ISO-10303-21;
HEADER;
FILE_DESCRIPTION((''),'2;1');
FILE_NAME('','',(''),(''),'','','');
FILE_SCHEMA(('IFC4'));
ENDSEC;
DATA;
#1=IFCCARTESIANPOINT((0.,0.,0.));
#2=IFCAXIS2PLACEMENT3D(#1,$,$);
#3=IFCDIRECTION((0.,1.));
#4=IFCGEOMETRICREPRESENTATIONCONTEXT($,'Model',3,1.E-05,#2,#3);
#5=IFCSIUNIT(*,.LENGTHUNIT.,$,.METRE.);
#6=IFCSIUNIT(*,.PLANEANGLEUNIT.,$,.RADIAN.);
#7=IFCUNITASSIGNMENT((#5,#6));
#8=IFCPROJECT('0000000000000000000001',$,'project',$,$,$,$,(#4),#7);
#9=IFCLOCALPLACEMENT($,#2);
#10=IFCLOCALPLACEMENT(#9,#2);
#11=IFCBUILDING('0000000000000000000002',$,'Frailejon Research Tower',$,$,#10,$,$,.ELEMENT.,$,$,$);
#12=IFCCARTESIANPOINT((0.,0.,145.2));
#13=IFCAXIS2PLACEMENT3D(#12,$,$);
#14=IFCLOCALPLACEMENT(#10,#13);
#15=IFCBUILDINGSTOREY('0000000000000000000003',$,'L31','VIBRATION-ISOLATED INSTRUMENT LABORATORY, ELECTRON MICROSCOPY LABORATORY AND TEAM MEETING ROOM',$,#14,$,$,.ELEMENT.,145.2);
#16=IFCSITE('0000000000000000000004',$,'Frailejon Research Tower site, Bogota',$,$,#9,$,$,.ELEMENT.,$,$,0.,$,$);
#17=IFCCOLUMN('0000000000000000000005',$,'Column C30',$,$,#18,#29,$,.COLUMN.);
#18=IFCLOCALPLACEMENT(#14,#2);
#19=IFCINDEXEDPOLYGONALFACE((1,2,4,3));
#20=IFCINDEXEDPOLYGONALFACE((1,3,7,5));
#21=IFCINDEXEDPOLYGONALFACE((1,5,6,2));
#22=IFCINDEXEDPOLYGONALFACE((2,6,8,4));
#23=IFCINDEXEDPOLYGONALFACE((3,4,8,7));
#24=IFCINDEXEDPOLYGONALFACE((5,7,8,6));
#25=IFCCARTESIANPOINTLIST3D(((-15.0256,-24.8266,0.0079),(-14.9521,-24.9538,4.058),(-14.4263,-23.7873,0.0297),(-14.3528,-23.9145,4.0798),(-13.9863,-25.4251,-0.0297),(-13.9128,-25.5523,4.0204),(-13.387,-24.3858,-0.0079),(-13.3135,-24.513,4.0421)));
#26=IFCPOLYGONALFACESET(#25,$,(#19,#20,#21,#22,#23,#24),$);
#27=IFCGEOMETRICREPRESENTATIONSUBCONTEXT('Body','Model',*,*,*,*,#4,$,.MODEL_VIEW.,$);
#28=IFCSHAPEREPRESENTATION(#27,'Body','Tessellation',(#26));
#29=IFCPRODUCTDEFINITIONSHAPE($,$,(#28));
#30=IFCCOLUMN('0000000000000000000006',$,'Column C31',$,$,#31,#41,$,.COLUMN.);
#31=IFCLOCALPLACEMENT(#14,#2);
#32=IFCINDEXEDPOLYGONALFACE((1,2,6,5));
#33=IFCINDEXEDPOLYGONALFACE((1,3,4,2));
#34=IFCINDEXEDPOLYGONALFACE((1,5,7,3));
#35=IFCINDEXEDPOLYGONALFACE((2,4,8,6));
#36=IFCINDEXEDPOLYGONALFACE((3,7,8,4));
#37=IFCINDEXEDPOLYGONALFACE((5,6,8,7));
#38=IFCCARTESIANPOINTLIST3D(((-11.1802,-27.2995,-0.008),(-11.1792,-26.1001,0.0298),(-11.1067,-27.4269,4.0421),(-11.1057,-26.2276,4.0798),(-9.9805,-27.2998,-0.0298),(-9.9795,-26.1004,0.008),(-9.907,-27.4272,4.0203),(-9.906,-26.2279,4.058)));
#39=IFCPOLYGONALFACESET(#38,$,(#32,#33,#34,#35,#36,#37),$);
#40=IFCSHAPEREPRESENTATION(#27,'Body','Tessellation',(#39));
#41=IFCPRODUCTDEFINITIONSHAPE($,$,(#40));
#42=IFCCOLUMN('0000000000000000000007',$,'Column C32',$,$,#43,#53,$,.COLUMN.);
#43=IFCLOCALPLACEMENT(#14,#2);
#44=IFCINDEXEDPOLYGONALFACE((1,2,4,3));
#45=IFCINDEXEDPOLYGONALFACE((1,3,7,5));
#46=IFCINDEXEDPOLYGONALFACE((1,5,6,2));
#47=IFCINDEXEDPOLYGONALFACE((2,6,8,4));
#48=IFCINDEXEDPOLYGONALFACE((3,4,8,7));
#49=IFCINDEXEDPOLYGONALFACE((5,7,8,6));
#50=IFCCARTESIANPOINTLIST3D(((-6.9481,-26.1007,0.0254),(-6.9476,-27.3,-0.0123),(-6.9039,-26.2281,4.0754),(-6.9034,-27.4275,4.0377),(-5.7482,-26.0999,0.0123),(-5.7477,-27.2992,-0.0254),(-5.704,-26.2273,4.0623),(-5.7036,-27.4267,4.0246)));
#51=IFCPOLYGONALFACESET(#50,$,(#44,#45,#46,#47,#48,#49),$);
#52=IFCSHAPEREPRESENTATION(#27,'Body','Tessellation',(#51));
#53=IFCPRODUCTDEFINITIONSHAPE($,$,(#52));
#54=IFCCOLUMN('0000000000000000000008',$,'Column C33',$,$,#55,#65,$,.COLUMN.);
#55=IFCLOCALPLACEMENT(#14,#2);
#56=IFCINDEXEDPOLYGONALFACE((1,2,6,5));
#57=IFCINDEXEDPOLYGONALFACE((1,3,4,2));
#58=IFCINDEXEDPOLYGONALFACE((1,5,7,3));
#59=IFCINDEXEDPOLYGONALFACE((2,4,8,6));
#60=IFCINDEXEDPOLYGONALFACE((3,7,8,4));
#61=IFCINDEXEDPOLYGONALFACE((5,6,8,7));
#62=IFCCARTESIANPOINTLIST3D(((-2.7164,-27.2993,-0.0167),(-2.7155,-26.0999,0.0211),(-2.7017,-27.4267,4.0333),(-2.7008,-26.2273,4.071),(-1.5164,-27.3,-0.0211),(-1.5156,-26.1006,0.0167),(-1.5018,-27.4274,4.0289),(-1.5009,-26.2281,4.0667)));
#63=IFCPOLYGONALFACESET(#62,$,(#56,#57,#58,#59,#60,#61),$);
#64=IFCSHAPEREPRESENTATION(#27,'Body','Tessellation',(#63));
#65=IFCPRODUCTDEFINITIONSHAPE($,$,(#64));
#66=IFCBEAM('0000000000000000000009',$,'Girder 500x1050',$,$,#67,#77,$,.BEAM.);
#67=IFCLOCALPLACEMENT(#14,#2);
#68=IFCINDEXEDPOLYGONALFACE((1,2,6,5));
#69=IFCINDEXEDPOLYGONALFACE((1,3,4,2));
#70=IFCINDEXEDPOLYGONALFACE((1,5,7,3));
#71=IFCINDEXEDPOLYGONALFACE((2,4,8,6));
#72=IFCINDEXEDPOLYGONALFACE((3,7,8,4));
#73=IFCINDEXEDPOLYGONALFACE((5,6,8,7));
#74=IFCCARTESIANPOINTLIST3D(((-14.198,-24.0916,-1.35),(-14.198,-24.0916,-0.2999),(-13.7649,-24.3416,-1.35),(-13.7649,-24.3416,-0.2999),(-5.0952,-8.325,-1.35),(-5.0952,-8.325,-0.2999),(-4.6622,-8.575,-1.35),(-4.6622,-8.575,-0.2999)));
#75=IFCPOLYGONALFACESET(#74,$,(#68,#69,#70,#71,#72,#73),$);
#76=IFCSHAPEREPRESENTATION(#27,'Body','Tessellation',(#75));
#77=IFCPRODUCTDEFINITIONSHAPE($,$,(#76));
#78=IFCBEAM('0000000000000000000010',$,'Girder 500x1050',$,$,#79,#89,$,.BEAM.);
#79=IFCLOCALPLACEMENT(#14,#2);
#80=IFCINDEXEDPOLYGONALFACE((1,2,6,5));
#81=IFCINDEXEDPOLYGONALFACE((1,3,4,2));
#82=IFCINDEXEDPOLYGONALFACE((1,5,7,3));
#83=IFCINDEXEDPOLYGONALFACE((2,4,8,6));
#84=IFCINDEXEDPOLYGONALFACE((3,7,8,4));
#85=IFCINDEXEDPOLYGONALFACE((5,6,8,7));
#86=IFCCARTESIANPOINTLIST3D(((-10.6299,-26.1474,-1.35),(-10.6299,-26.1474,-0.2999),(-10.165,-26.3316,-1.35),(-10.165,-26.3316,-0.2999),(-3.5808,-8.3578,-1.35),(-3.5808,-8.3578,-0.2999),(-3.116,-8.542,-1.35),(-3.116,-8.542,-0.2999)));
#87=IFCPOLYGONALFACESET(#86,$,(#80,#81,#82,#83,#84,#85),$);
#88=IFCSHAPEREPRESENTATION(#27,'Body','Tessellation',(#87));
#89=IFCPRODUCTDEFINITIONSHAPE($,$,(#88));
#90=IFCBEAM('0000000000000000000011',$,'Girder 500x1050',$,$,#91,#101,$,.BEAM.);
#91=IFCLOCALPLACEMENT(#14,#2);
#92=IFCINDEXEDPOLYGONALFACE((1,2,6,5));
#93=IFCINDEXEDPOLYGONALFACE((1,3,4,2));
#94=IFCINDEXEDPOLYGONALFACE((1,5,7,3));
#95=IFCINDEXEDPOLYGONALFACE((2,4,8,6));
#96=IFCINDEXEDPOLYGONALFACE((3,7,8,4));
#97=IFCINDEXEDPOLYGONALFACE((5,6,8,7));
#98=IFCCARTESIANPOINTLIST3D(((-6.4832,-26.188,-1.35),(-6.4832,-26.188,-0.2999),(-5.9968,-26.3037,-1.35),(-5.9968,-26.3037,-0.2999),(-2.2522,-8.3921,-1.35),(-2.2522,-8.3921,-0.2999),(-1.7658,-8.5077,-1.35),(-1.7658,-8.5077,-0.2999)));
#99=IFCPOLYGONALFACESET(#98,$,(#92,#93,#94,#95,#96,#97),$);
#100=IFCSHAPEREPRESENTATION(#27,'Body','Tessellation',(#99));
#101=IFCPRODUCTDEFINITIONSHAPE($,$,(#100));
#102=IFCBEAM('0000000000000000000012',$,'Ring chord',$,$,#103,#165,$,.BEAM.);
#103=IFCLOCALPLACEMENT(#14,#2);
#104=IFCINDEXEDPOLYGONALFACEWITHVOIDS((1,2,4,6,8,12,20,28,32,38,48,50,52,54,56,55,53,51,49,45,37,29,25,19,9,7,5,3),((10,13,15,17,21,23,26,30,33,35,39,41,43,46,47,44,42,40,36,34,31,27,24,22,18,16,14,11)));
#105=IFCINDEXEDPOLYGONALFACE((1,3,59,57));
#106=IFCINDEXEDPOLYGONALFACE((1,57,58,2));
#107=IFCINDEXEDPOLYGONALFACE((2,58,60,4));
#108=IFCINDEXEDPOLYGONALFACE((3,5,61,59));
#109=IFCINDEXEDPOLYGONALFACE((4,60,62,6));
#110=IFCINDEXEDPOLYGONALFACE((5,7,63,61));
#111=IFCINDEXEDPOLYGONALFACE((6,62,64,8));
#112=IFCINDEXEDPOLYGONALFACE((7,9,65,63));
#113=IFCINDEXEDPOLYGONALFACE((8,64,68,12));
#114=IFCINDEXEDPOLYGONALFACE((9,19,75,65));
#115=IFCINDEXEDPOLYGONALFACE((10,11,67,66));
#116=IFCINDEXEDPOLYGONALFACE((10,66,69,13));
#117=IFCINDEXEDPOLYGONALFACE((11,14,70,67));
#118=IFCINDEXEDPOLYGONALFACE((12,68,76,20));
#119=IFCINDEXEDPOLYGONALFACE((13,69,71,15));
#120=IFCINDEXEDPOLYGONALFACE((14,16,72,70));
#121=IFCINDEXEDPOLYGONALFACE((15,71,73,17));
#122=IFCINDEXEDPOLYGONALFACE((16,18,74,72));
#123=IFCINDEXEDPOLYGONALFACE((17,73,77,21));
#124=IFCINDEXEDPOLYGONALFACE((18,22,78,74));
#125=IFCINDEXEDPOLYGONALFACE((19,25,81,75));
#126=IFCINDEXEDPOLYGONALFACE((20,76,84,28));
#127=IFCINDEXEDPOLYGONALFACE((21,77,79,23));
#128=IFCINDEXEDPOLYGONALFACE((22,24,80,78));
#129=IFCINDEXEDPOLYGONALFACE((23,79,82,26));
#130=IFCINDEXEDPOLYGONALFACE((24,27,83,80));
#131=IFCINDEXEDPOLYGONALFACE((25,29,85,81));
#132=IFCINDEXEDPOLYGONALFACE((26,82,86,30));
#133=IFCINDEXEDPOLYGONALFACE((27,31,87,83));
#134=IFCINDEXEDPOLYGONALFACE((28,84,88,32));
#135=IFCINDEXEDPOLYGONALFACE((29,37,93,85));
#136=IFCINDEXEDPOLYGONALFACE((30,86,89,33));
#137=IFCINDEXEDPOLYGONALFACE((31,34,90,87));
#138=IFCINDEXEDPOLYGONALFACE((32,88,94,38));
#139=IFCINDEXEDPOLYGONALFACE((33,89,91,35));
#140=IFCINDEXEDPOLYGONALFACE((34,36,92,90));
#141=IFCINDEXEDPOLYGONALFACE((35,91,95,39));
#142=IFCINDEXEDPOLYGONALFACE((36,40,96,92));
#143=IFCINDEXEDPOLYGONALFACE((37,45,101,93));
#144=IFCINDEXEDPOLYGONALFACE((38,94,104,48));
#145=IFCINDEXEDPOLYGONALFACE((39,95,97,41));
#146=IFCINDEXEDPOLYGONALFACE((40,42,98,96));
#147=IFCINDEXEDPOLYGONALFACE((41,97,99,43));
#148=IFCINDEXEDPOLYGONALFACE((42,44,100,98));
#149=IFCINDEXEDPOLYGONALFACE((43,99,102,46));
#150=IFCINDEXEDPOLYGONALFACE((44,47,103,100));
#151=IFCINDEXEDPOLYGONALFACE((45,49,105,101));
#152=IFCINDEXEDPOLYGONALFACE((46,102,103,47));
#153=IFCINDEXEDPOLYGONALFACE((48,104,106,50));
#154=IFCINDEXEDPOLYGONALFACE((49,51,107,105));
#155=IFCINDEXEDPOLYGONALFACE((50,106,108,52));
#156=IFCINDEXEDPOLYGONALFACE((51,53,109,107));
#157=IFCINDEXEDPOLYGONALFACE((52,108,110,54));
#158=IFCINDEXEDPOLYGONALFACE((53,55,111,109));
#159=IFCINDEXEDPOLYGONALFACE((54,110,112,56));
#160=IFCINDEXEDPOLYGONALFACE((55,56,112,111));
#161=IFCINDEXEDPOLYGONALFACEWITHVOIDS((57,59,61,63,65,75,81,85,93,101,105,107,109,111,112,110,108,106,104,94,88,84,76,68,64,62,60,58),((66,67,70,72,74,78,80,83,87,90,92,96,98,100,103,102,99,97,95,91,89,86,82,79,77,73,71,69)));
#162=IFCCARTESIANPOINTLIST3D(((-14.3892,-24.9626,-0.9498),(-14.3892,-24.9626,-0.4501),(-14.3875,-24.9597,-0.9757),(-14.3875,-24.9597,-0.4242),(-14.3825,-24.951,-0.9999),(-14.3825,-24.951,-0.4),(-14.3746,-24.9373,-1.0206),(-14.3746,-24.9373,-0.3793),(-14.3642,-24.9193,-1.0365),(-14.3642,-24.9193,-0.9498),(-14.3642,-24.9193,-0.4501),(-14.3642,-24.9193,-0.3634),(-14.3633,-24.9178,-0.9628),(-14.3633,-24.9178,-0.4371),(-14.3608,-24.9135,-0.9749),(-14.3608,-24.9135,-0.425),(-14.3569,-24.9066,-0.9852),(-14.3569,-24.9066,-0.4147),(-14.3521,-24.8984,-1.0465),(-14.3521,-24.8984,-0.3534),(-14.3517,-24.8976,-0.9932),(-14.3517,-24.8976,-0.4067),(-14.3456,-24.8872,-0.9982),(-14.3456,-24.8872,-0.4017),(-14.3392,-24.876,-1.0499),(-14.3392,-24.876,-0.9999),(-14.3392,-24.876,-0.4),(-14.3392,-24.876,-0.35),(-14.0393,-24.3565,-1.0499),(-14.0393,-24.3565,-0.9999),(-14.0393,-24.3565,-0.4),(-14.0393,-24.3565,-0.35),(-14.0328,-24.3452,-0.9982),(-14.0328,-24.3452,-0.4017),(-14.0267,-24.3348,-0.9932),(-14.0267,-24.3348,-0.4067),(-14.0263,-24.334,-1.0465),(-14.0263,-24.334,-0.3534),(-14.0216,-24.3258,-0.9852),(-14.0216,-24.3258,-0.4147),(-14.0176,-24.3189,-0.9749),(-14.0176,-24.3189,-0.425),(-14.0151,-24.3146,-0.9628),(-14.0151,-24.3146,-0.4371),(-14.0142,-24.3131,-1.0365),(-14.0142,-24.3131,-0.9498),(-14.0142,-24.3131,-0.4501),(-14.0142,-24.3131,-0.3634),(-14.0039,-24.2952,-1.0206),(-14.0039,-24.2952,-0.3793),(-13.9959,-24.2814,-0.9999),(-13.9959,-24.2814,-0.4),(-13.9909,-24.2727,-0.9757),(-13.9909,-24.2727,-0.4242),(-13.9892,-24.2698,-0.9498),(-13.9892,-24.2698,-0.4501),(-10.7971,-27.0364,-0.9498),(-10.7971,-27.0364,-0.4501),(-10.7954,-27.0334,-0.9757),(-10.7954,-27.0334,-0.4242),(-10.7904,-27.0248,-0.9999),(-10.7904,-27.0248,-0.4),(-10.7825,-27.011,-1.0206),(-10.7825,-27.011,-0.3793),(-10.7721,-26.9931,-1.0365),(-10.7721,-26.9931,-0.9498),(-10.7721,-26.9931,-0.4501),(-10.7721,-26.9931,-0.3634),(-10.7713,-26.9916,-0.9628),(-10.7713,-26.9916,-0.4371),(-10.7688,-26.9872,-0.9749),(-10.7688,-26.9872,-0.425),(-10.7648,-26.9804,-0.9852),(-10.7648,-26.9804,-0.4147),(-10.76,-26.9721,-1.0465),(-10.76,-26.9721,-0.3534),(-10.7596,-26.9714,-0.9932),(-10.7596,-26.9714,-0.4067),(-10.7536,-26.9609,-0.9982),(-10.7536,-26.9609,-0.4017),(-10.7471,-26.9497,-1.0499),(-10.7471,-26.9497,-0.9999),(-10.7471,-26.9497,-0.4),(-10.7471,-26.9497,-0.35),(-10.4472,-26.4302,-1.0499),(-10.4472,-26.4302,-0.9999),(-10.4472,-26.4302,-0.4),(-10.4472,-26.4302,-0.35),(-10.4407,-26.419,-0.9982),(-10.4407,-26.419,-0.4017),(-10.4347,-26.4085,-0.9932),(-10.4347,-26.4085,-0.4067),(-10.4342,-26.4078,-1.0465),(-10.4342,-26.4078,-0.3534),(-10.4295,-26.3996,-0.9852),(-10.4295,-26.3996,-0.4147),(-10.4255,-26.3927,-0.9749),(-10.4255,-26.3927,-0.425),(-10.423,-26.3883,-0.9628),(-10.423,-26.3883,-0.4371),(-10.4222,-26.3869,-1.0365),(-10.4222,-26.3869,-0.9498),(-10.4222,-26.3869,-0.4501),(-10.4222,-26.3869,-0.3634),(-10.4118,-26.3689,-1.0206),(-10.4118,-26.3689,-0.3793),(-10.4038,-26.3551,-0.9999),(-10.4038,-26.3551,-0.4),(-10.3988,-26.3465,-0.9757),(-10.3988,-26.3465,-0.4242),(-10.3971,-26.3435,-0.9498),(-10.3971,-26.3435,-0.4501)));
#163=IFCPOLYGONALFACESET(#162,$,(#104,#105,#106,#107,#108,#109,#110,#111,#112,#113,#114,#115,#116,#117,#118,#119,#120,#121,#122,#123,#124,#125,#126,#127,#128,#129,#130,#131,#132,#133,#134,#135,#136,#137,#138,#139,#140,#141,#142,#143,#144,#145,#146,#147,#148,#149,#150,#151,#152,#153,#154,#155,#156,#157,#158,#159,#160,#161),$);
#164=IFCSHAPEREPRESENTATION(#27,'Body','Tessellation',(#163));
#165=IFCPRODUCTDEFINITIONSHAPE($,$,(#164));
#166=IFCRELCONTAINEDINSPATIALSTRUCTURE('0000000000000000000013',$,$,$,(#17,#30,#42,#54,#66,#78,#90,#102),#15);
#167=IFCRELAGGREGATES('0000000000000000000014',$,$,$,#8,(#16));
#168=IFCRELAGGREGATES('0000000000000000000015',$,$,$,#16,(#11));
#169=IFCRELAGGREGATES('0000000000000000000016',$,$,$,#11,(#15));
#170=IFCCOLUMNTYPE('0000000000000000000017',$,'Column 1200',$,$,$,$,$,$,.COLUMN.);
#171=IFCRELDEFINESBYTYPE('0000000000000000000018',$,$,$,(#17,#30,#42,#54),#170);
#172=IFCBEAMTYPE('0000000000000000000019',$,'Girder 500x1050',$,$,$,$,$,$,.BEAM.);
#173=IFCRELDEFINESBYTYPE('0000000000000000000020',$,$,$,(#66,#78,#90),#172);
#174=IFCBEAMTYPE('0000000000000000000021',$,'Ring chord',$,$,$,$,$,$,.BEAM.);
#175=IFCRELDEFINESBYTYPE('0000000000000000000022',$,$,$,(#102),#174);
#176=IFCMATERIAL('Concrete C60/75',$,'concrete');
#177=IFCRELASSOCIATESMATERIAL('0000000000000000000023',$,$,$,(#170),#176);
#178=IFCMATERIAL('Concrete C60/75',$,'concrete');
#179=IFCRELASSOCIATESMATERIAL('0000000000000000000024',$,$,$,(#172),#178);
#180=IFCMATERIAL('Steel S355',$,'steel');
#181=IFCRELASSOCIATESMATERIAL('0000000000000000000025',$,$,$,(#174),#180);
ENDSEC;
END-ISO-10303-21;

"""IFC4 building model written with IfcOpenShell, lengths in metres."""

from ifc_helpers import new_model, si_unit, direction, frame, origin, origin_2d, place, context, subcontext, project, spatial, rectangle, hollow_rectangle, extrude, material, material_profile, profile_set, type_object, element, save


model = new_model("IFC4")

# Units and contexts
model_context = context("Model", 3, precision=1e-05, world=origin(), true_north=direction((0.0, 1.0)))
body_context = subcontext(model_context, "Body", "Model", "MODEL_VIEW")
ifc_project = project(units=[si_unit("LENGTHUNIT", "METRE"), si_unit("PLANEANGLEUNIT", "RADIAN")], contexts=[model_context])

# Site, building, storey
site_placement = place(None, origin())
site = spatial("IfcSite", under=ifc_project, at=site_placement, Name="Frailejon Research Tower site, Bogota", CompositionType="ELEMENT", RefElevation=0.0)
building_placement = place(site_placement, origin())
building = spatial("IfcBuilding", under=site, at=building_placement, Name="Frailejon Research Tower", CompositionType="ELEMENT")
storey_placement = place(building_placement, frame((0.0, 0.0, 145.2)))
storey = spatial("IfcBuildingStorey", under=building, at=storey_placement, Name="L31", Description="VIBRATION-ISOLATED INSTRUMENT LABORATORY, ELECTRON MICROSCOPY LABORATORY AND TEAM MEETING ROOM", CompositionType="ELEMENT", Elevation=145.2)

# Columns
ifc_material_1 = material(Name="Concrete C60/75", Category="concrete")
ifc_material_profile_1 = material_profile(ifc_material_1, rectangle(XDim=1.2, YDim=1.2, at=origin_2d()), Name="Column 1200")
ifc_profile_set_1 = profile_set([ifc_material_profile_1], Name="Concrete C60/75")
column_type = type_object("IfcColumnType", Name="Column 1200", PredefinedType="COLUMN", material=ifc_profile_set_1)
for number, where, z_axis, x_axis, name in (
    (1, (-14.2063, -24.6062, 0.0), (0.018133, -0.031386, 0.999343), (0.866156, -0.498787, -0.031381), "Column C30"),
    (2, (-10.5798, -26.7, 0.0), (0.018133, -0.031446, 0.999341), (0.999835, -0.000256, -0.01815), "Column C31"),
):
    element("IfcColumn", number, at=place(storey_placement, frame(where, z_axis=z_axis, x_axis=x_axis)), inside=storey, type_object=column_type, Name=name, PredefinedType="COLUMN", context=body_context, shape_type="SweptSolid", body=[
        extrude(rectangle(XDim=1.2, YDim=1.2, at=origin_2d()), origin(), (0.0, 0.0, 1.0), 4.0527),
    ])
column_1_placement = place(storey_placement, frame((-6.3479, -26.7, 0.0), z_axis=(0.010905, -0.031449, 0.999446), x_axis=(0.99994, 0.000694, -0.010888)))
element("IfcColumn", 3, at=column_1_placement, inside=storey, type_object=column_type, Name="Column C32", PredefinedType="COLUMN", context=body_context, shape_type="SweptSolid", body=[
    extrude(rectangle(XDim=1.2, YDim=1.2, at=origin_2d()), origin(), (0.0, 0.0, 1.0), 4.0522),
])
column_2_placement = place(storey_placement, frame((-2.116, -26.7, 0.0), z_axis=(0.003615, -0.031451, 0.999499), x_axis=(0.999993, -0.000624, -0.003636)))
element("IfcColumn", 4, at=column_2_placement, inside=storey, type_object=column_type, Name="Column C33", PredefinedType="COLUMN", context=body_context, shape_type="SweptSolid", body=[
    extrude(rectangle(XDim=1.2, YDim=1.2, at=origin_2d()), origin(), (0.0, 0.0, 1.0), 4.052),
])

# Beams
ifc_material_2 = material(Name="Concrete C60/75", Category="concrete")
ifc_material_profile_2 = material_profile(ifc_material_2, rectangle(XDim=0.5, YDim=1.05, at=origin_2d()), Name="Girder 500x1050")
ifc_profile_set_2 = profile_set([ifc_material_profile_2], Name="Concrete C60/75")
beam_type_1 = type_object("IfcBeamType", Name="Girder 500x1050", PredefinedType="BEAM", material=ifc_profile_set_2)
beam_1_placement = place(storey_placement, frame((-13.9814, -24.2166, -0.825), z_axis=(0.499997, 0.866027, 0.0), x_axis=(-0.866027, 0.499997, 0.0)))
element("IfcBeam", 5, at=beam_1_placement, inside=storey, type_object=beam_type_1, Name="Girder 500x1050", PredefinedType="BEAM", context=body_context, shape_type="SweptSolid", body=[
    extrude(rectangle(XDim=0.5, YDim=1.05, at=origin_2d()), origin(), (0.0, 0.0, 1.0), 18.2056),
])
beam_2_placement = place(storey_placement, frame((-10.3975, -26.2395, -0.825), z_axis=(0.368382, 0.929675, 0.0), x_axis=(-0.929675, 0.368382, 0.0)))
element("IfcBeam", 6, at=beam_2_placement, inside=storey, type_object=beam_type_1, Name="Girder 500x1050", PredefinedType="BEAM", context=body_context, shape_type="SweptSolid", body=[
    extrude(rectangle(XDim=0.5, YDim=1.05, at=origin_2d()), origin(), (0.0, 0.0, 1.0), 19.1353),
])
beam_3_placement = place(storey_placement, frame((-6.24, -26.2458, -0.825), z_axis=(0.231302, 0.972882, 0.0), x_axis=(-0.972882, 0.231302, 0.0)))
element("IfcBeam", 7, at=beam_3_placement, inside=storey, type_object=beam_type_1, Name="Girder 500x1050", PredefinedType="BEAM", context=body_context, shape_type="SweptSolid", body=[
    extrude(rectangle(XDim=0.5, YDim=1.05, at=origin_2d()), origin(), (0.0, 0.0, 1.0), 18.292),
])
ifc_material_3 = material(Name="Steel S355", Category="steel")
ifc_material_profile_3 = material_profile(ifc_material_3, hollow_rectangle(XDim=0.8, YDim=0.7, WallThickness=0.05, InnerFilletRadius=0.05, OuterFilletRadius=0.1001, at=origin_2d()), Name="Ring chord")
ifc_profile_set_3 = profile_set([ifc_material_profile_3], Name="Steel S355")
beam_type_2 = type_object("IfcBeamType", Name="Ring chord", PredefinedType="BEAM", material=ifc_profile_set_3)
beam_4_placement = place(storey_placement, frame((-14.1892, -24.6162, -0.7), z_axis=(0.86604, -0.499976, 0.0), x_axis=(0.499976, 0.86604, 0.0)))
element("IfcBeam", 8, at=beam_4_placement, inside=storey, type_object=beam_type_2, Name="Ring chord", PredefinedType="BEAM", context=body_context, shape_type="SweptSolid", body=[
    extrude(hollow_rectangle(XDim=0.8, YDim=0.7, WallThickness=0.05, InnerFilletRadius=0.05, OuterFilletRadius=0.1001, at=origin_2d()), origin(), (0.0, 0.0, 1.0), 4.1477),
])

save(model, "model.ifc")
